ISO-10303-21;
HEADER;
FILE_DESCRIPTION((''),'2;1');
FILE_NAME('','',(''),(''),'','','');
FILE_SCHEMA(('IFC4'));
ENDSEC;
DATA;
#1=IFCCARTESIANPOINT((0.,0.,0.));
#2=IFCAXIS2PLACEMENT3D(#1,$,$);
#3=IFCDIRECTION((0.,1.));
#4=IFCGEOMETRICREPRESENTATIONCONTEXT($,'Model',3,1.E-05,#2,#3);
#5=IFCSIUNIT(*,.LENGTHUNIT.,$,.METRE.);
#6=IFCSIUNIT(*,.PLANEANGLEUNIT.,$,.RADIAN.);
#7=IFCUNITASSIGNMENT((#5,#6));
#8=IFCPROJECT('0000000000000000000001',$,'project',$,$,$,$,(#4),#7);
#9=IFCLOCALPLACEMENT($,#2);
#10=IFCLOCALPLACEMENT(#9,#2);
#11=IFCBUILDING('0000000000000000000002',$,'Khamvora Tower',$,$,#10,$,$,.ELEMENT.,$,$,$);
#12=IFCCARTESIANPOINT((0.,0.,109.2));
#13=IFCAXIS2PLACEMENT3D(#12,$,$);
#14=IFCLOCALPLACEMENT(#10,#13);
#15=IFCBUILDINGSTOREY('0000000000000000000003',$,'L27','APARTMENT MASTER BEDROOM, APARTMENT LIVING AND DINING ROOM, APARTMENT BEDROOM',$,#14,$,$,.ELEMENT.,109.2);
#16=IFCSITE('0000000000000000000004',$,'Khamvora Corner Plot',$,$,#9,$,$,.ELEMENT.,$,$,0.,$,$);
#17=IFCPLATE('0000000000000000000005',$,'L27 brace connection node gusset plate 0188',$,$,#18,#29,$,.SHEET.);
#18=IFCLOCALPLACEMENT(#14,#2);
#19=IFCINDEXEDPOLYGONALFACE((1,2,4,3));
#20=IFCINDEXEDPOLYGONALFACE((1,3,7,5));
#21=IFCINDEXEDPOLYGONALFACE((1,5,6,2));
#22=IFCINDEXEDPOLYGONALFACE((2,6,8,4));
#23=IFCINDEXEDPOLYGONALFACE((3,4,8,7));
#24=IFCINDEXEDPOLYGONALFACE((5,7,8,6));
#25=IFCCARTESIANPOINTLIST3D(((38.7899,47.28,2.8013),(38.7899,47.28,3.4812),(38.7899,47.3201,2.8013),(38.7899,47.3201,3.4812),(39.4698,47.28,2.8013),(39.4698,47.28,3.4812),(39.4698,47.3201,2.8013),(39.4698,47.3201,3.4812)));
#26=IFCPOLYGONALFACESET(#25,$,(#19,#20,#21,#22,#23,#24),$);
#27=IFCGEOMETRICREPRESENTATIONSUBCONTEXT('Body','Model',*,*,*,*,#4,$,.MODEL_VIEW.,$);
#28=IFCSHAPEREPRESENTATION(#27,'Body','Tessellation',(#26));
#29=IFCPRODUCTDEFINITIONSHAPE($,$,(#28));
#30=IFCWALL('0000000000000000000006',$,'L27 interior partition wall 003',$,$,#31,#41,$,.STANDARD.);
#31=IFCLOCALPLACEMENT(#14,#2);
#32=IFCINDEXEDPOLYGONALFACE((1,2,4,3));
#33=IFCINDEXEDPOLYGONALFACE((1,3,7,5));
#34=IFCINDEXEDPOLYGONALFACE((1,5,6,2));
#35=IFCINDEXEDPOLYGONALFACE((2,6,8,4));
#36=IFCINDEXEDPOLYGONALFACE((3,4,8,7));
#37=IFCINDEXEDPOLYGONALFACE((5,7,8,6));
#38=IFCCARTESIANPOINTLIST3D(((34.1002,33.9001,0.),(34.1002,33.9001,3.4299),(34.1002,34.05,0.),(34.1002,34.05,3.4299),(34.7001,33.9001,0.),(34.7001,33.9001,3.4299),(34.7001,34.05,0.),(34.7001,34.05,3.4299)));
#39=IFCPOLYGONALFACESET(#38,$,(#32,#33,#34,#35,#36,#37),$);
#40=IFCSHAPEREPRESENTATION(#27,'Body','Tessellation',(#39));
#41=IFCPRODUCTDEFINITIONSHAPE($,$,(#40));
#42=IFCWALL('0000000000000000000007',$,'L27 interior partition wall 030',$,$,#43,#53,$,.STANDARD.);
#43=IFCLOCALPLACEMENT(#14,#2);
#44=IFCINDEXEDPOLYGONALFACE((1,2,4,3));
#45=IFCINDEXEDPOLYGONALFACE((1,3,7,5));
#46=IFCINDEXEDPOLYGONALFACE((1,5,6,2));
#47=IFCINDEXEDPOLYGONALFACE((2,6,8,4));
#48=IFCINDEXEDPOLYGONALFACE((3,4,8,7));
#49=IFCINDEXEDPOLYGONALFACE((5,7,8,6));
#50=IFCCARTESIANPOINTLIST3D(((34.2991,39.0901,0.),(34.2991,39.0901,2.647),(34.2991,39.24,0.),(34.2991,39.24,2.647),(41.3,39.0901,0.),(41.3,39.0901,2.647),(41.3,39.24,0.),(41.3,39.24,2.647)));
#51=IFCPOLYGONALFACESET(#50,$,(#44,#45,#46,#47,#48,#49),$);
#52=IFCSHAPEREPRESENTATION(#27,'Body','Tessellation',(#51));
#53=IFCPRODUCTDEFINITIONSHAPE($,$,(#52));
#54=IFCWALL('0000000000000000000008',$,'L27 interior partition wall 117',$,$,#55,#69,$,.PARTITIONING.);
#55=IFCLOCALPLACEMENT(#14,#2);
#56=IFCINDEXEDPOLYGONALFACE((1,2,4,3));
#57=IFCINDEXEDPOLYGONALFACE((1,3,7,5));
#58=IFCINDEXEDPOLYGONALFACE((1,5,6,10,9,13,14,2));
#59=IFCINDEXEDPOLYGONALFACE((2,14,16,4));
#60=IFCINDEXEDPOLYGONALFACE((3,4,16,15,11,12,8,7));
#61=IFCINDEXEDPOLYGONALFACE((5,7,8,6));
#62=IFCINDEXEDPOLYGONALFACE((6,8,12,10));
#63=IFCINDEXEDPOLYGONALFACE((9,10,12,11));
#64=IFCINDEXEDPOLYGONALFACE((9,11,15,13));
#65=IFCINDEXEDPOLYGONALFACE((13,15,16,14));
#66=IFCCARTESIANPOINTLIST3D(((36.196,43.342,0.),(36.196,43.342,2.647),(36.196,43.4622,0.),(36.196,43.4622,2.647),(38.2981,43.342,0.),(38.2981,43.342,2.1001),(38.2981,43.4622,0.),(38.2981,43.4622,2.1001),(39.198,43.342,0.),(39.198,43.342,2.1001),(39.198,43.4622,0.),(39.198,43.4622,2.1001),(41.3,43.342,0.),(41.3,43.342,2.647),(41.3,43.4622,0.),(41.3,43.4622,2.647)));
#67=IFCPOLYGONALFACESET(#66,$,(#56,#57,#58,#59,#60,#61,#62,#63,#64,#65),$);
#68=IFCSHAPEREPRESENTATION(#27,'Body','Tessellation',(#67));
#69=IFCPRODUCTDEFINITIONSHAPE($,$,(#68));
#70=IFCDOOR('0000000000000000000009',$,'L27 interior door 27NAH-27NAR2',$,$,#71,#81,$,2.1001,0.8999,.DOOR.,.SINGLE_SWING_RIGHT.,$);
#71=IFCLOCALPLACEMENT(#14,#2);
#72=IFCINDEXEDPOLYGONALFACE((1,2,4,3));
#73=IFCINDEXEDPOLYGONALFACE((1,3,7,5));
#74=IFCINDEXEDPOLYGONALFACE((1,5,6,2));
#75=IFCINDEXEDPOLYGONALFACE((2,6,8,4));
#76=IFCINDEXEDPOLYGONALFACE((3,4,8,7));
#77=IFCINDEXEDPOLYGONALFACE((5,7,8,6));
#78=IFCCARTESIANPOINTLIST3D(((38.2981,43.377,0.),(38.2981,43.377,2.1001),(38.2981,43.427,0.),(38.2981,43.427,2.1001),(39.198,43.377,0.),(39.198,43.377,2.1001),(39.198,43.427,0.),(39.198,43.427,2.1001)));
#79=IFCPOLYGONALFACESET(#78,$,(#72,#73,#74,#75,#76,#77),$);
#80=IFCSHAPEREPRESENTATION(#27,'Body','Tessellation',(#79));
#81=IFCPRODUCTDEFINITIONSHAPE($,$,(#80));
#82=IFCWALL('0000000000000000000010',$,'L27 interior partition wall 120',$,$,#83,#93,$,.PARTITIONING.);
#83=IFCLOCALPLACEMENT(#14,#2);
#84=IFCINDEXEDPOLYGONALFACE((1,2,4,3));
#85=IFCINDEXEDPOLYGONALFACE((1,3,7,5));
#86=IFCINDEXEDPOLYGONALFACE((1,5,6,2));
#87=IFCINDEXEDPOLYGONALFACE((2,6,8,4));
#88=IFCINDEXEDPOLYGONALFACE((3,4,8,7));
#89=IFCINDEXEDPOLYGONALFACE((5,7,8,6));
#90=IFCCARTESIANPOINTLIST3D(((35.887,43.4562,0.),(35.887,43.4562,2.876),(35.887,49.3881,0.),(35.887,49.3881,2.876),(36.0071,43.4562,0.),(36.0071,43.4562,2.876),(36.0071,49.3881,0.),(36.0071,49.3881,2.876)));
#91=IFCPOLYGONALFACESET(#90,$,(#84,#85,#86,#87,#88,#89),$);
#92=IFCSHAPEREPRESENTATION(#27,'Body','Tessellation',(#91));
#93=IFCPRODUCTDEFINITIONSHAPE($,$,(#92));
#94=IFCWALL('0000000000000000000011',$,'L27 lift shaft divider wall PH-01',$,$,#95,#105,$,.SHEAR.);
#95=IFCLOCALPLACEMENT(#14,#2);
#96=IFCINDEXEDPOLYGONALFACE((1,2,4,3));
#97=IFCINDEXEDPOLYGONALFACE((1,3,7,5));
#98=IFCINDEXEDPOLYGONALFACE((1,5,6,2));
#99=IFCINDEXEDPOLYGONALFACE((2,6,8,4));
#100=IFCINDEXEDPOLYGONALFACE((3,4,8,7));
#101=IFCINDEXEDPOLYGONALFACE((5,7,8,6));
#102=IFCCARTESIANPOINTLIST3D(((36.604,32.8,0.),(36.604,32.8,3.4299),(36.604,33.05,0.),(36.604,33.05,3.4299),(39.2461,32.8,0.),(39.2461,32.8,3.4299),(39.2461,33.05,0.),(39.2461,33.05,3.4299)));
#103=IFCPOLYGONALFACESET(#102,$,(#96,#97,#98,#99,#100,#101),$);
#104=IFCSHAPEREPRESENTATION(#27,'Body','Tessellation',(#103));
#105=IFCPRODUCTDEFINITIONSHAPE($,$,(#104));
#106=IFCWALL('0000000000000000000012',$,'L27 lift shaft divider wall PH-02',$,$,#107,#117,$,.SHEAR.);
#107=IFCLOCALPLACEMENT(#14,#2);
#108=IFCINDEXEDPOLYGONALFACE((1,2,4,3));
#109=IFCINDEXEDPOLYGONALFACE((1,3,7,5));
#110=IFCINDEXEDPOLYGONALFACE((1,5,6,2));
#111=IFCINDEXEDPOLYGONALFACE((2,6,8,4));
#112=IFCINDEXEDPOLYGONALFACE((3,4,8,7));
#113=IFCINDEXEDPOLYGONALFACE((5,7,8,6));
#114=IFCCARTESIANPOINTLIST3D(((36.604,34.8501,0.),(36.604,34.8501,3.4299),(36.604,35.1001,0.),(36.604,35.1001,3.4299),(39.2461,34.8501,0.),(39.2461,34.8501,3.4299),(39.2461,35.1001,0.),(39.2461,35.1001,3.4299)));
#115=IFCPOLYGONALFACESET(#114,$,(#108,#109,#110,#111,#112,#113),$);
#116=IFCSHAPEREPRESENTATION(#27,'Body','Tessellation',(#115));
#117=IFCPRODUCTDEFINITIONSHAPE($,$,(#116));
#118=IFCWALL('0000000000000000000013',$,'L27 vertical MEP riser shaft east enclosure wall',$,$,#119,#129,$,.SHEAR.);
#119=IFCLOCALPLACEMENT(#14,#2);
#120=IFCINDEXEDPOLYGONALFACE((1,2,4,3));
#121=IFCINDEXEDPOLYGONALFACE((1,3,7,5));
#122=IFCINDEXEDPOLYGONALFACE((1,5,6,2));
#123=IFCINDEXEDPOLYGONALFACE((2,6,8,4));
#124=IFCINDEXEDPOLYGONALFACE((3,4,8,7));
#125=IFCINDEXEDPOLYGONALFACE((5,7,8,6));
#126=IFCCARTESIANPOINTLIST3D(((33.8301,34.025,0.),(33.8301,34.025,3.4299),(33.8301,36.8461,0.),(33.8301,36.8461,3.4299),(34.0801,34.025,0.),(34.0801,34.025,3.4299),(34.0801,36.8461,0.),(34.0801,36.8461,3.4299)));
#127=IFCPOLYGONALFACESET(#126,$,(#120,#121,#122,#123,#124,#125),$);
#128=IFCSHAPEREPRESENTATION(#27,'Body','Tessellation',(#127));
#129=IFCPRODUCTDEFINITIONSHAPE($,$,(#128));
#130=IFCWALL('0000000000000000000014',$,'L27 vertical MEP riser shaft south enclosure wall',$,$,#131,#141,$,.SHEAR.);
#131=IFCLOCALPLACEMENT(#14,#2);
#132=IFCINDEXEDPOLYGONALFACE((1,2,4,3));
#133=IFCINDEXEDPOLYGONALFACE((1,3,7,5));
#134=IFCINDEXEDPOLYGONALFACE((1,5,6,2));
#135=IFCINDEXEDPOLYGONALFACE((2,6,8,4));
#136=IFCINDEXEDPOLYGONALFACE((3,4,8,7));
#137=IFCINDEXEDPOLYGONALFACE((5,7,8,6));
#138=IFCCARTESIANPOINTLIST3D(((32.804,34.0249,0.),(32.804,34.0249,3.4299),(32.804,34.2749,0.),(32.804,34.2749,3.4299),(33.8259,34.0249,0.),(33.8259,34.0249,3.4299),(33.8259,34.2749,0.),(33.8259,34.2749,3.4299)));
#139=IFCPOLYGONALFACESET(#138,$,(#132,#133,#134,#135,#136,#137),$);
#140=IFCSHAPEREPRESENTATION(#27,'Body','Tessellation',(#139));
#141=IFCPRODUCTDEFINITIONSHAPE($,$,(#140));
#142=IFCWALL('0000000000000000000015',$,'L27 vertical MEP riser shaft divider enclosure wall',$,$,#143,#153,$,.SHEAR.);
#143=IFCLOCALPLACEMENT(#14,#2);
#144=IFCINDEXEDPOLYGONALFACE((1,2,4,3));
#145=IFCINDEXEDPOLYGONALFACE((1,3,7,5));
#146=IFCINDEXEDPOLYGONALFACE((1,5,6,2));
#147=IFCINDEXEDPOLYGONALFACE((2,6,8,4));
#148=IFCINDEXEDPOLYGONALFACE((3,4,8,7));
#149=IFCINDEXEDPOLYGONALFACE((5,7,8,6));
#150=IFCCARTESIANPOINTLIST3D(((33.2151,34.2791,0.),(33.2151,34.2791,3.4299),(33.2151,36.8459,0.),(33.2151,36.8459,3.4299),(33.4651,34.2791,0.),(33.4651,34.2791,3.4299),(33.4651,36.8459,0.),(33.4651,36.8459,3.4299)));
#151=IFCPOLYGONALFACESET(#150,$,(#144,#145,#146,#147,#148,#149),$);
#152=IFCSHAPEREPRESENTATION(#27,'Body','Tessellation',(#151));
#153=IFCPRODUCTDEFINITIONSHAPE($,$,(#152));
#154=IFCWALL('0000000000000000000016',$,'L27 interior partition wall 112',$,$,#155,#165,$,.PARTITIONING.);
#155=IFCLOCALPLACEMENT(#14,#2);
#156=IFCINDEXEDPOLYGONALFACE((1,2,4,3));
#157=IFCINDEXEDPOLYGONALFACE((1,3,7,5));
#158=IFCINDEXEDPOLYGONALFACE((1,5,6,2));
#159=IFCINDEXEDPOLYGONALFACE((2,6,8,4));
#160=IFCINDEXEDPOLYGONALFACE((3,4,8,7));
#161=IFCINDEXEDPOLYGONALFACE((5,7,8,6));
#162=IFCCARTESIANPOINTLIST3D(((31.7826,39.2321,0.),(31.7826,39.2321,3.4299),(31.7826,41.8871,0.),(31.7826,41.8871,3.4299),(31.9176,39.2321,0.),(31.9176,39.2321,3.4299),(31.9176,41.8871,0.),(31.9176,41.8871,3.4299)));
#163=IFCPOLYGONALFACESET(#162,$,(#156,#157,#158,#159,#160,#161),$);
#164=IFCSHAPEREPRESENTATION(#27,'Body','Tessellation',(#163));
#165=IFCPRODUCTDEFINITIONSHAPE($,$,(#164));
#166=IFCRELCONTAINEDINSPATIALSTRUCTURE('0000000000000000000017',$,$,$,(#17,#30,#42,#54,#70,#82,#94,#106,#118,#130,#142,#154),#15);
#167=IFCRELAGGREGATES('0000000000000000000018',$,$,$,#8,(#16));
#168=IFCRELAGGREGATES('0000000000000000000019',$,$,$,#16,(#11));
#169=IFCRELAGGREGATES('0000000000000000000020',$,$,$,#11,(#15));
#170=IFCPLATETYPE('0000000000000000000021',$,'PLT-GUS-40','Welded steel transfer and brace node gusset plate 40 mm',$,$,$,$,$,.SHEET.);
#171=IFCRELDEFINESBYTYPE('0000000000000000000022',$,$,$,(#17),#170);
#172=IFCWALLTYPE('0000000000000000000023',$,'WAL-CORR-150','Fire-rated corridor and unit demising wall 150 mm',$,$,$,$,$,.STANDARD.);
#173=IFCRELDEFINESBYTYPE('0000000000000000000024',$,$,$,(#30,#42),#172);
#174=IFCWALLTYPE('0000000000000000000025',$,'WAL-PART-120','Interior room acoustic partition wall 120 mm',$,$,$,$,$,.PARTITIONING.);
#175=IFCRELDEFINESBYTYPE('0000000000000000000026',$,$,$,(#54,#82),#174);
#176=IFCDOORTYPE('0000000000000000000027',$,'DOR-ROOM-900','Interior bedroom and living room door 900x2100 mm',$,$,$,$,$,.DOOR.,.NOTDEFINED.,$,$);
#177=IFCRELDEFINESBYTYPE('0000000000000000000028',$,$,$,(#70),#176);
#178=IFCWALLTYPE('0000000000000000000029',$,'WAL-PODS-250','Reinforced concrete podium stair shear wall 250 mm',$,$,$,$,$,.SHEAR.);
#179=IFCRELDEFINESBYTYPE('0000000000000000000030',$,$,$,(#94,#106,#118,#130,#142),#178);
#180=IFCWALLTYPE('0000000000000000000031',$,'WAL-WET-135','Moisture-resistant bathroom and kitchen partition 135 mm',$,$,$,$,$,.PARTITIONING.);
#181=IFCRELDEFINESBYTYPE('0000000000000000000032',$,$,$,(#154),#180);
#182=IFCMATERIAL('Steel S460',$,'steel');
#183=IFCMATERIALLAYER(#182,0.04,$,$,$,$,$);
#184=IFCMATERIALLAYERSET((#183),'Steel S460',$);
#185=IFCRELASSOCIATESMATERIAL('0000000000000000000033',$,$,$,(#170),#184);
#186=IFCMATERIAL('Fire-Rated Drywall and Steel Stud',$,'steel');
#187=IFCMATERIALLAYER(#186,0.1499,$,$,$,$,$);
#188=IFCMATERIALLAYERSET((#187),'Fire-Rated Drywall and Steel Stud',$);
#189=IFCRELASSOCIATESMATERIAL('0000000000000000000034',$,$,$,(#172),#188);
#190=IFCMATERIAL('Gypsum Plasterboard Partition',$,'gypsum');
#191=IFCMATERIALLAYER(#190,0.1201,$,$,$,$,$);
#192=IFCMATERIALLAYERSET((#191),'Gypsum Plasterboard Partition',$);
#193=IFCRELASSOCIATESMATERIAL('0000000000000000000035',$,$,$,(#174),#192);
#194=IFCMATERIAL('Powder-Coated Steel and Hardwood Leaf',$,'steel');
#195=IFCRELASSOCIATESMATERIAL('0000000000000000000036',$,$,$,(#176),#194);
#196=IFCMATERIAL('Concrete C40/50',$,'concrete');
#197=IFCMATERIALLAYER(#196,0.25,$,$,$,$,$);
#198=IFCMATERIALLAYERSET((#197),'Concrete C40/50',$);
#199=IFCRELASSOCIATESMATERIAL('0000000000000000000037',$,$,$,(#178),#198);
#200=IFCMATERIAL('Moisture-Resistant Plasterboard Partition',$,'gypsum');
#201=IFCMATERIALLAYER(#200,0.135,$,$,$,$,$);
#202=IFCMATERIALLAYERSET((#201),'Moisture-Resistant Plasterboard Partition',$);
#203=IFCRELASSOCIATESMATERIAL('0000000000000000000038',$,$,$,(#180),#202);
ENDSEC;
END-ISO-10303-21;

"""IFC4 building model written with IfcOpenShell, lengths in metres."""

from ifc_helpers import new_model, si_unit, direction, frame, frame_2d, origin, origin_2d, place, context, subcontext, project, spatial, rectangle, extrude, material, layer, layer_set, type_object, element, fill, save


model = new_model("IFC4")

# Units and contexts
model_context = context("Model", 3, precision=1e-05, world=origin(), true_north=direction((0.0, 1.0)))
body_context = subcontext(model_context, "Body", "Model", "MODEL_VIEW")
ifc_project = project(units=[si_unit("LENGTHUNIT", "METRE"), si_unit("PLANEANGLEUNIT", "RADIAN")], contexts=[model_context])

# Site, building, storey
site_placement = place(None, origin())
site = spatial("IfcSite", under=ifc_project, at=site_placement, Name="Khamvora Corner Plot", CompositionType="ELEMENT", RefElevation=0.0)
building_placement = place(site_placement, origin())
building = spatial("IfcBuilding", under=site, at=building_placement, Name="Khamvora Tower", CompositionType="ELEMENT")
storey_placement = place(building_placement, frame((0.0, 0.0, 109.2)))
storey = spatial("IfcBuildingStorey", under=building, at=storey_placement, Name="L27", Description="APARTMENT MASTER BEDROOM, APARTMENT LIVING AND DINING ROOM, APARTMENT BEDROOM", CompositionType="ELEMENT", Elevation=109.2)

# Shared definitions
ifc_material_1 = material(Name="Steel S460", Category="steel")

# Plate
ifc_layer_1 = layer(ifc_material_1, 0.04)
ifc_layer_set_1 = layer_set([ifc_layer_1], Name="Steel S460")
plate_type_1 = type_object("IfcPlateType", Name="PLT-GUS-40", Description="Welded steel transfer and brace node gusset plate 40 mm", PredefinedType="SHEET", material=ifc_layer_set_1)
plate_1_placement = place(storey_placement, frame((39.1299, 47.3, 2.8013), z_axis=(0.0, 0.0, 1.0), x_axis=(1.0, 0.0, 0.0)))
element("IfcPlate", 1, at=plate_1_placement, inside=storey, type_object=plate_type_1, Name="L27 brace connection node gusset plate 0188", PredefinedType="SHEET", context=body_context, shape_type="SweptSolid", body=[
    extrude(rectangle(XDim=0.6799, YDim=0.04, at=origin_2d()), origin(), (0.0, 0.0, 1.0), 0.6799),
])

# Wall
ifc_material_2 = material(Name="Fire-Rated Drywall and Steel Stud", Category="steel")
ifc_layer_2 = layer(ifc_material_2, 0.1499)
ifc_layer_set_2 = layer_set([ifc_layer_2], Name="Fire-Rated Drywall and Steel Stud")
wall_type_1 = type_object("IfcWallType", Name="WAL-CORR-150", Description="Fire-rated corridor and unit demising wall 150 mm", PredefinedType="STANDARD", material=ifc_layer_set_2)
wall_1_placement = place(storey_placement, frame((34.7, 33.9751, 0.0), z_axis=(0.0, 0.0, 1.0), x_axis=(-1.0, 0.0, 0.0)))
element("IfcWall", 2, at=wall_1_placement, inside=storey, type_object=wall_type_1, Name="L27 interior partition wall 003", PredefinedType="STANDARD", context=body_context, shape_type="SweptSolid", body=[
    extrude(rectangle(XDim=0.5999, YDim=0.1499, at=frame_2d((0.2998, 0.0))), origin(), (0.0, 0.0, 1.0), 3.4299),
])

# Shared definitions
ifc_material_3 = material(Name="Powder-Coated Steel and Hardwood Leaf", Category="steel")

# Wall
wall_2_placement = place(storey_placement, frame((34.2991, 39.165, 0.0), z_axis=(0.0, 0.0, 1.0), x_axis=(1.0, 0.0, 0.0)))
element("IfcWall", 3, at=wall_2_placement, inside=storey, type_object=wall_type_1, Name="L27 interior partition wall 030", PredefinedType="STANDARD", context=body_context, shape_type="SweptSolid", body=[
    extrude(rectangle(XDim=7.001, YDim=0.1499, at=frame_2d((3.5005, 0.0))), origin(), (0.0, 0.0, 1.0), 2.647),
])

# Wall, opening, door
ifc_material_4 = material(Name="Gypsum Plasterboard Partition", Category="gypsum")
ifc_layer_3 = layer(ifc_material_4, 0.1201)
ifc_layer_set_3 = layer_set([ifc_layer_3], Name="Gypsum Plasterboard Partition")
wall_type_2 = type_object("IfcWallType", Name="WAL-PART-120", Description="Interior room acoustic partition wall 120 mm", PredefinedType="PARTITIONING", material=ifc_layer_set_3)
wall_3_placement = place(storey_placement, frame((36.196, 43.4021, 0.0), z_axis=(0.0, 0.0, 1.0), x_axis=(1.0, 0.0, 0.0)))
wall_3 = element("IfcWall", 4, at=wall_3_placement, inside=storey, type_object=wall_type_2, Name="L27 interior partition wall 117", PredefinedType="PARTITIONING", context=body_context, shape_type="SweptSolid", body=[
    extrude(rectangle(XDim=5.104, YDim=0.1201, at=frame_2d((2.552, 0.0))), origin(), (0.0, 0.0, 1.0), 2.647),
])
opening_1_placement = place(wall_3_placement, frame((2.1021, 0.0, 0.0)))
opening_1 = element("IfcOpeningElement", 5, at=opening_1_placement, cuts=wall_3, PredefinedType="OPENING", context=body_context, shape_type="SweptSolid", body=[
    extrude(rectangle(XDim=0.8999, YDim=2.1001, at=frame_2d((0.45, 1.05))), frame((0.0, 0.0701, 0.0), z_axis=(0.0, -1.0, 0.0), x_axis=(1.0, 0.0, 0.0)), (0.0, 0.0, 1.0), 0.1401),
])
door_type_1 = type_object("IfcDoorType", Name="DOR-ROOM-900", Description="Interior bedroom and living room door 900x2100 mm", OperationType="NOTDEFINED", PredefinedType="DOOR", material=ifc_material_3)
door_1_placement = place(opening_1_placement, origin())
door_1 = element("IfcDoor", 6, at=door_1_placement, inside=storey, type_object=door_type_1, Name="L27 interior door 27NAH-27NAR2", OperationType="SINGLE_SWING_RIGHT", OverallHeight=2.1001, OverallWidth=0.8999, PredefinedType="DOOR", context=body_context, shape_type="SweptSolid", body=[
    extrude(rectangle(XDim=0.8999, YDim=2.1001, at=frame_2d((0.45, 1.05))), frame((0.0, 0.0249, 0.0), z_axis=(0.0, -1.0, 0.0), x_axis=(1.0, 0.0, 0.0)), (0.0, 0.0, 1.0), 0.05),
])
fill(opening_1, door_1)

# Walls
wall_4_placement = place(storey_placement, frame((35.947, 49.3879, 0.0), z_axis=(0.0, 0.0, 1.0), x_axis=(0.0, -1.0, 0.0)))
element("IfcWall", 7, at=wall_4_placement, inside=storey, type_object=wall_type_2, Name="L27 interior partition wall 120", PredefinedType="PARTITIONING", context=body_context, shape_type="SweptSolid", body=[
    extrude(rectangle(XDim=5.9319, YDim=0.1201, at=frame_2d((2.9658, 0.0))), origin(), (0.0, 0.0, 1.0), 2.876),
])
ifc_material_5 = material(Name="Concrete C40/50", Category="concrete")
ifc_layer_4 = layer(ifc_material_5, 0.25)
ifc_layer_set_4 = layer_set([ifc_layer_4], Name="Concrete C40/50")
wall_type_3 = type_object("IfcWallType", Name="WAL-PODS-250", Description="Reinforced concrete podium stair shear wall 250 mm", PredefinedType="SHEAR", material=ifc_layer_set_4)
for number, where, z_axis, x_axis, name in (
    (8, (36.604, 32.925, 0.0), (0.0, 0.0, 1.0), (1.0, 0.0, 0.0), "L27 lift shaft divider wall PH-01"),
    (9, (36.604, 34.9751, 0.0), (0.0, 0.0, 1.0), (1.0, 0.0, 0.0), "L27 lift shaft divider wall PH-02"),
):
    element("IfcWall", number, at=place(storey_placement, frame(where, z_axis=z_axis, x_axis=x_axis)), inside=storey, type_object=wall_type_3, Name=name, PredefinedType="SHEAR", context=body_context, shape_type="SweptSolid", body=[
        extrude(rectangle(XDim=2.6421, YDim=0.25, at=frame_2d((1.321, 0.0))), origin(), (0.0, 0.0, 1.0), 3.4299),
    ])
wall_5_placement = place(storey_placement, frame((33.9551, 34.0249, 0.0), z_axis=(0.0, 0.0, 1.0), x_axis=(0.0, 1.0, 0.0)))
element("IfcWall", 10, at=wall_5_placement, inside=storey, type_object=wall_type_3, Name="L27 vertical MEP riser shaft east enclosure wall", PredefinedType="SHEAR", context=body_context, shape_type="SweptSolid", body=[
    extrude(rectangle(XDim=2.821, YDim=0.25, at=frame_2d((1.4106, 0.0))), origin(), (0.0, 0.0, 1.0), 3.4299),
])
wall_6_placement = place(storey_placement, frame((32.804, 34.1499, 0.0), z_axis=(0.0, 0.0, 1.0), x_axis=(1.0, 0.0, 0.0)))
element("IfcWall", 11, at=wall_6_placement, inside=storey, type_object=wall_type_3, Name="L27 vertical MEP riser shaft south enclosure wall", PredefinedType="SHEAR", context=body_context, shape_type="SweptSolid", body=[
    extrude(rectangle(XDim=1.022, YDim=0.25, at=frame_2d((0.511, 0.0))), origin(), (0.0, 0.0, 1.0), 3.4299),
])
wall_7_placement = place(storey_placement, frame((33.3401, 34.2791, 0.0), z_axis=(0.0, 0.0, 1.0), x_axis=(0.0, 1.0, 0.0)))
element("IfcWall", 12, at=wall_7_placement, inside=storey, type_object=wall_type_3, Name="L27 vertical MEP riser shaft divider enclosure wall", PredefinedType="SHEAR", context=body_context, shape_type="SweptSolid", body=[
    extrude(rectangle(XDim=2.5669, YDim=0.25, at=frame_2d((1.2834, 0.0))), origin(), (0.0, 0.0, 1.0), 3.4299),
])
ifc_material_6 = material(Name="Moisture-Resistant Plasterboard Partition", Category="gypsum")
ifc_layer_5 = layer(ifc_material_6, 0.135)
ifc_layer_set_5 = layer_set([ifc_layer_5], Name="Moisture-Resistant Plasterboard Partition")
wall_type_4 = type_object("IfcWallType", Name="WAL-WET-135", Description="Moisture-resistant bathroom and kitchen partition 135 mm", PredefinedType="PARTITIONING", material=ifc_layer_set_5)
wall_8_placement = place(storey_placement, frame((31.8501, 39.2319, 0.0), z_axis=(0.0, 0.0, 1.0), x_axis=(0.0, 1.0, 0.0)))
element("IfcWall", 13, at=wall_8_placement, inside=storey, type_object=wall_type_4, Name="L27 interior partition wall 112", PredefinedType="PARTITIONING", context=body_context, shape_type="SweptSolid", body=[
    extrude(rectangle(XDim=2.655, YDim=0.135, at=frame_2d((1.3276, 0.0))), origin(), (0.0, 0.0, 1.0), 3.4299),
])

save(model, "model.ifc")
